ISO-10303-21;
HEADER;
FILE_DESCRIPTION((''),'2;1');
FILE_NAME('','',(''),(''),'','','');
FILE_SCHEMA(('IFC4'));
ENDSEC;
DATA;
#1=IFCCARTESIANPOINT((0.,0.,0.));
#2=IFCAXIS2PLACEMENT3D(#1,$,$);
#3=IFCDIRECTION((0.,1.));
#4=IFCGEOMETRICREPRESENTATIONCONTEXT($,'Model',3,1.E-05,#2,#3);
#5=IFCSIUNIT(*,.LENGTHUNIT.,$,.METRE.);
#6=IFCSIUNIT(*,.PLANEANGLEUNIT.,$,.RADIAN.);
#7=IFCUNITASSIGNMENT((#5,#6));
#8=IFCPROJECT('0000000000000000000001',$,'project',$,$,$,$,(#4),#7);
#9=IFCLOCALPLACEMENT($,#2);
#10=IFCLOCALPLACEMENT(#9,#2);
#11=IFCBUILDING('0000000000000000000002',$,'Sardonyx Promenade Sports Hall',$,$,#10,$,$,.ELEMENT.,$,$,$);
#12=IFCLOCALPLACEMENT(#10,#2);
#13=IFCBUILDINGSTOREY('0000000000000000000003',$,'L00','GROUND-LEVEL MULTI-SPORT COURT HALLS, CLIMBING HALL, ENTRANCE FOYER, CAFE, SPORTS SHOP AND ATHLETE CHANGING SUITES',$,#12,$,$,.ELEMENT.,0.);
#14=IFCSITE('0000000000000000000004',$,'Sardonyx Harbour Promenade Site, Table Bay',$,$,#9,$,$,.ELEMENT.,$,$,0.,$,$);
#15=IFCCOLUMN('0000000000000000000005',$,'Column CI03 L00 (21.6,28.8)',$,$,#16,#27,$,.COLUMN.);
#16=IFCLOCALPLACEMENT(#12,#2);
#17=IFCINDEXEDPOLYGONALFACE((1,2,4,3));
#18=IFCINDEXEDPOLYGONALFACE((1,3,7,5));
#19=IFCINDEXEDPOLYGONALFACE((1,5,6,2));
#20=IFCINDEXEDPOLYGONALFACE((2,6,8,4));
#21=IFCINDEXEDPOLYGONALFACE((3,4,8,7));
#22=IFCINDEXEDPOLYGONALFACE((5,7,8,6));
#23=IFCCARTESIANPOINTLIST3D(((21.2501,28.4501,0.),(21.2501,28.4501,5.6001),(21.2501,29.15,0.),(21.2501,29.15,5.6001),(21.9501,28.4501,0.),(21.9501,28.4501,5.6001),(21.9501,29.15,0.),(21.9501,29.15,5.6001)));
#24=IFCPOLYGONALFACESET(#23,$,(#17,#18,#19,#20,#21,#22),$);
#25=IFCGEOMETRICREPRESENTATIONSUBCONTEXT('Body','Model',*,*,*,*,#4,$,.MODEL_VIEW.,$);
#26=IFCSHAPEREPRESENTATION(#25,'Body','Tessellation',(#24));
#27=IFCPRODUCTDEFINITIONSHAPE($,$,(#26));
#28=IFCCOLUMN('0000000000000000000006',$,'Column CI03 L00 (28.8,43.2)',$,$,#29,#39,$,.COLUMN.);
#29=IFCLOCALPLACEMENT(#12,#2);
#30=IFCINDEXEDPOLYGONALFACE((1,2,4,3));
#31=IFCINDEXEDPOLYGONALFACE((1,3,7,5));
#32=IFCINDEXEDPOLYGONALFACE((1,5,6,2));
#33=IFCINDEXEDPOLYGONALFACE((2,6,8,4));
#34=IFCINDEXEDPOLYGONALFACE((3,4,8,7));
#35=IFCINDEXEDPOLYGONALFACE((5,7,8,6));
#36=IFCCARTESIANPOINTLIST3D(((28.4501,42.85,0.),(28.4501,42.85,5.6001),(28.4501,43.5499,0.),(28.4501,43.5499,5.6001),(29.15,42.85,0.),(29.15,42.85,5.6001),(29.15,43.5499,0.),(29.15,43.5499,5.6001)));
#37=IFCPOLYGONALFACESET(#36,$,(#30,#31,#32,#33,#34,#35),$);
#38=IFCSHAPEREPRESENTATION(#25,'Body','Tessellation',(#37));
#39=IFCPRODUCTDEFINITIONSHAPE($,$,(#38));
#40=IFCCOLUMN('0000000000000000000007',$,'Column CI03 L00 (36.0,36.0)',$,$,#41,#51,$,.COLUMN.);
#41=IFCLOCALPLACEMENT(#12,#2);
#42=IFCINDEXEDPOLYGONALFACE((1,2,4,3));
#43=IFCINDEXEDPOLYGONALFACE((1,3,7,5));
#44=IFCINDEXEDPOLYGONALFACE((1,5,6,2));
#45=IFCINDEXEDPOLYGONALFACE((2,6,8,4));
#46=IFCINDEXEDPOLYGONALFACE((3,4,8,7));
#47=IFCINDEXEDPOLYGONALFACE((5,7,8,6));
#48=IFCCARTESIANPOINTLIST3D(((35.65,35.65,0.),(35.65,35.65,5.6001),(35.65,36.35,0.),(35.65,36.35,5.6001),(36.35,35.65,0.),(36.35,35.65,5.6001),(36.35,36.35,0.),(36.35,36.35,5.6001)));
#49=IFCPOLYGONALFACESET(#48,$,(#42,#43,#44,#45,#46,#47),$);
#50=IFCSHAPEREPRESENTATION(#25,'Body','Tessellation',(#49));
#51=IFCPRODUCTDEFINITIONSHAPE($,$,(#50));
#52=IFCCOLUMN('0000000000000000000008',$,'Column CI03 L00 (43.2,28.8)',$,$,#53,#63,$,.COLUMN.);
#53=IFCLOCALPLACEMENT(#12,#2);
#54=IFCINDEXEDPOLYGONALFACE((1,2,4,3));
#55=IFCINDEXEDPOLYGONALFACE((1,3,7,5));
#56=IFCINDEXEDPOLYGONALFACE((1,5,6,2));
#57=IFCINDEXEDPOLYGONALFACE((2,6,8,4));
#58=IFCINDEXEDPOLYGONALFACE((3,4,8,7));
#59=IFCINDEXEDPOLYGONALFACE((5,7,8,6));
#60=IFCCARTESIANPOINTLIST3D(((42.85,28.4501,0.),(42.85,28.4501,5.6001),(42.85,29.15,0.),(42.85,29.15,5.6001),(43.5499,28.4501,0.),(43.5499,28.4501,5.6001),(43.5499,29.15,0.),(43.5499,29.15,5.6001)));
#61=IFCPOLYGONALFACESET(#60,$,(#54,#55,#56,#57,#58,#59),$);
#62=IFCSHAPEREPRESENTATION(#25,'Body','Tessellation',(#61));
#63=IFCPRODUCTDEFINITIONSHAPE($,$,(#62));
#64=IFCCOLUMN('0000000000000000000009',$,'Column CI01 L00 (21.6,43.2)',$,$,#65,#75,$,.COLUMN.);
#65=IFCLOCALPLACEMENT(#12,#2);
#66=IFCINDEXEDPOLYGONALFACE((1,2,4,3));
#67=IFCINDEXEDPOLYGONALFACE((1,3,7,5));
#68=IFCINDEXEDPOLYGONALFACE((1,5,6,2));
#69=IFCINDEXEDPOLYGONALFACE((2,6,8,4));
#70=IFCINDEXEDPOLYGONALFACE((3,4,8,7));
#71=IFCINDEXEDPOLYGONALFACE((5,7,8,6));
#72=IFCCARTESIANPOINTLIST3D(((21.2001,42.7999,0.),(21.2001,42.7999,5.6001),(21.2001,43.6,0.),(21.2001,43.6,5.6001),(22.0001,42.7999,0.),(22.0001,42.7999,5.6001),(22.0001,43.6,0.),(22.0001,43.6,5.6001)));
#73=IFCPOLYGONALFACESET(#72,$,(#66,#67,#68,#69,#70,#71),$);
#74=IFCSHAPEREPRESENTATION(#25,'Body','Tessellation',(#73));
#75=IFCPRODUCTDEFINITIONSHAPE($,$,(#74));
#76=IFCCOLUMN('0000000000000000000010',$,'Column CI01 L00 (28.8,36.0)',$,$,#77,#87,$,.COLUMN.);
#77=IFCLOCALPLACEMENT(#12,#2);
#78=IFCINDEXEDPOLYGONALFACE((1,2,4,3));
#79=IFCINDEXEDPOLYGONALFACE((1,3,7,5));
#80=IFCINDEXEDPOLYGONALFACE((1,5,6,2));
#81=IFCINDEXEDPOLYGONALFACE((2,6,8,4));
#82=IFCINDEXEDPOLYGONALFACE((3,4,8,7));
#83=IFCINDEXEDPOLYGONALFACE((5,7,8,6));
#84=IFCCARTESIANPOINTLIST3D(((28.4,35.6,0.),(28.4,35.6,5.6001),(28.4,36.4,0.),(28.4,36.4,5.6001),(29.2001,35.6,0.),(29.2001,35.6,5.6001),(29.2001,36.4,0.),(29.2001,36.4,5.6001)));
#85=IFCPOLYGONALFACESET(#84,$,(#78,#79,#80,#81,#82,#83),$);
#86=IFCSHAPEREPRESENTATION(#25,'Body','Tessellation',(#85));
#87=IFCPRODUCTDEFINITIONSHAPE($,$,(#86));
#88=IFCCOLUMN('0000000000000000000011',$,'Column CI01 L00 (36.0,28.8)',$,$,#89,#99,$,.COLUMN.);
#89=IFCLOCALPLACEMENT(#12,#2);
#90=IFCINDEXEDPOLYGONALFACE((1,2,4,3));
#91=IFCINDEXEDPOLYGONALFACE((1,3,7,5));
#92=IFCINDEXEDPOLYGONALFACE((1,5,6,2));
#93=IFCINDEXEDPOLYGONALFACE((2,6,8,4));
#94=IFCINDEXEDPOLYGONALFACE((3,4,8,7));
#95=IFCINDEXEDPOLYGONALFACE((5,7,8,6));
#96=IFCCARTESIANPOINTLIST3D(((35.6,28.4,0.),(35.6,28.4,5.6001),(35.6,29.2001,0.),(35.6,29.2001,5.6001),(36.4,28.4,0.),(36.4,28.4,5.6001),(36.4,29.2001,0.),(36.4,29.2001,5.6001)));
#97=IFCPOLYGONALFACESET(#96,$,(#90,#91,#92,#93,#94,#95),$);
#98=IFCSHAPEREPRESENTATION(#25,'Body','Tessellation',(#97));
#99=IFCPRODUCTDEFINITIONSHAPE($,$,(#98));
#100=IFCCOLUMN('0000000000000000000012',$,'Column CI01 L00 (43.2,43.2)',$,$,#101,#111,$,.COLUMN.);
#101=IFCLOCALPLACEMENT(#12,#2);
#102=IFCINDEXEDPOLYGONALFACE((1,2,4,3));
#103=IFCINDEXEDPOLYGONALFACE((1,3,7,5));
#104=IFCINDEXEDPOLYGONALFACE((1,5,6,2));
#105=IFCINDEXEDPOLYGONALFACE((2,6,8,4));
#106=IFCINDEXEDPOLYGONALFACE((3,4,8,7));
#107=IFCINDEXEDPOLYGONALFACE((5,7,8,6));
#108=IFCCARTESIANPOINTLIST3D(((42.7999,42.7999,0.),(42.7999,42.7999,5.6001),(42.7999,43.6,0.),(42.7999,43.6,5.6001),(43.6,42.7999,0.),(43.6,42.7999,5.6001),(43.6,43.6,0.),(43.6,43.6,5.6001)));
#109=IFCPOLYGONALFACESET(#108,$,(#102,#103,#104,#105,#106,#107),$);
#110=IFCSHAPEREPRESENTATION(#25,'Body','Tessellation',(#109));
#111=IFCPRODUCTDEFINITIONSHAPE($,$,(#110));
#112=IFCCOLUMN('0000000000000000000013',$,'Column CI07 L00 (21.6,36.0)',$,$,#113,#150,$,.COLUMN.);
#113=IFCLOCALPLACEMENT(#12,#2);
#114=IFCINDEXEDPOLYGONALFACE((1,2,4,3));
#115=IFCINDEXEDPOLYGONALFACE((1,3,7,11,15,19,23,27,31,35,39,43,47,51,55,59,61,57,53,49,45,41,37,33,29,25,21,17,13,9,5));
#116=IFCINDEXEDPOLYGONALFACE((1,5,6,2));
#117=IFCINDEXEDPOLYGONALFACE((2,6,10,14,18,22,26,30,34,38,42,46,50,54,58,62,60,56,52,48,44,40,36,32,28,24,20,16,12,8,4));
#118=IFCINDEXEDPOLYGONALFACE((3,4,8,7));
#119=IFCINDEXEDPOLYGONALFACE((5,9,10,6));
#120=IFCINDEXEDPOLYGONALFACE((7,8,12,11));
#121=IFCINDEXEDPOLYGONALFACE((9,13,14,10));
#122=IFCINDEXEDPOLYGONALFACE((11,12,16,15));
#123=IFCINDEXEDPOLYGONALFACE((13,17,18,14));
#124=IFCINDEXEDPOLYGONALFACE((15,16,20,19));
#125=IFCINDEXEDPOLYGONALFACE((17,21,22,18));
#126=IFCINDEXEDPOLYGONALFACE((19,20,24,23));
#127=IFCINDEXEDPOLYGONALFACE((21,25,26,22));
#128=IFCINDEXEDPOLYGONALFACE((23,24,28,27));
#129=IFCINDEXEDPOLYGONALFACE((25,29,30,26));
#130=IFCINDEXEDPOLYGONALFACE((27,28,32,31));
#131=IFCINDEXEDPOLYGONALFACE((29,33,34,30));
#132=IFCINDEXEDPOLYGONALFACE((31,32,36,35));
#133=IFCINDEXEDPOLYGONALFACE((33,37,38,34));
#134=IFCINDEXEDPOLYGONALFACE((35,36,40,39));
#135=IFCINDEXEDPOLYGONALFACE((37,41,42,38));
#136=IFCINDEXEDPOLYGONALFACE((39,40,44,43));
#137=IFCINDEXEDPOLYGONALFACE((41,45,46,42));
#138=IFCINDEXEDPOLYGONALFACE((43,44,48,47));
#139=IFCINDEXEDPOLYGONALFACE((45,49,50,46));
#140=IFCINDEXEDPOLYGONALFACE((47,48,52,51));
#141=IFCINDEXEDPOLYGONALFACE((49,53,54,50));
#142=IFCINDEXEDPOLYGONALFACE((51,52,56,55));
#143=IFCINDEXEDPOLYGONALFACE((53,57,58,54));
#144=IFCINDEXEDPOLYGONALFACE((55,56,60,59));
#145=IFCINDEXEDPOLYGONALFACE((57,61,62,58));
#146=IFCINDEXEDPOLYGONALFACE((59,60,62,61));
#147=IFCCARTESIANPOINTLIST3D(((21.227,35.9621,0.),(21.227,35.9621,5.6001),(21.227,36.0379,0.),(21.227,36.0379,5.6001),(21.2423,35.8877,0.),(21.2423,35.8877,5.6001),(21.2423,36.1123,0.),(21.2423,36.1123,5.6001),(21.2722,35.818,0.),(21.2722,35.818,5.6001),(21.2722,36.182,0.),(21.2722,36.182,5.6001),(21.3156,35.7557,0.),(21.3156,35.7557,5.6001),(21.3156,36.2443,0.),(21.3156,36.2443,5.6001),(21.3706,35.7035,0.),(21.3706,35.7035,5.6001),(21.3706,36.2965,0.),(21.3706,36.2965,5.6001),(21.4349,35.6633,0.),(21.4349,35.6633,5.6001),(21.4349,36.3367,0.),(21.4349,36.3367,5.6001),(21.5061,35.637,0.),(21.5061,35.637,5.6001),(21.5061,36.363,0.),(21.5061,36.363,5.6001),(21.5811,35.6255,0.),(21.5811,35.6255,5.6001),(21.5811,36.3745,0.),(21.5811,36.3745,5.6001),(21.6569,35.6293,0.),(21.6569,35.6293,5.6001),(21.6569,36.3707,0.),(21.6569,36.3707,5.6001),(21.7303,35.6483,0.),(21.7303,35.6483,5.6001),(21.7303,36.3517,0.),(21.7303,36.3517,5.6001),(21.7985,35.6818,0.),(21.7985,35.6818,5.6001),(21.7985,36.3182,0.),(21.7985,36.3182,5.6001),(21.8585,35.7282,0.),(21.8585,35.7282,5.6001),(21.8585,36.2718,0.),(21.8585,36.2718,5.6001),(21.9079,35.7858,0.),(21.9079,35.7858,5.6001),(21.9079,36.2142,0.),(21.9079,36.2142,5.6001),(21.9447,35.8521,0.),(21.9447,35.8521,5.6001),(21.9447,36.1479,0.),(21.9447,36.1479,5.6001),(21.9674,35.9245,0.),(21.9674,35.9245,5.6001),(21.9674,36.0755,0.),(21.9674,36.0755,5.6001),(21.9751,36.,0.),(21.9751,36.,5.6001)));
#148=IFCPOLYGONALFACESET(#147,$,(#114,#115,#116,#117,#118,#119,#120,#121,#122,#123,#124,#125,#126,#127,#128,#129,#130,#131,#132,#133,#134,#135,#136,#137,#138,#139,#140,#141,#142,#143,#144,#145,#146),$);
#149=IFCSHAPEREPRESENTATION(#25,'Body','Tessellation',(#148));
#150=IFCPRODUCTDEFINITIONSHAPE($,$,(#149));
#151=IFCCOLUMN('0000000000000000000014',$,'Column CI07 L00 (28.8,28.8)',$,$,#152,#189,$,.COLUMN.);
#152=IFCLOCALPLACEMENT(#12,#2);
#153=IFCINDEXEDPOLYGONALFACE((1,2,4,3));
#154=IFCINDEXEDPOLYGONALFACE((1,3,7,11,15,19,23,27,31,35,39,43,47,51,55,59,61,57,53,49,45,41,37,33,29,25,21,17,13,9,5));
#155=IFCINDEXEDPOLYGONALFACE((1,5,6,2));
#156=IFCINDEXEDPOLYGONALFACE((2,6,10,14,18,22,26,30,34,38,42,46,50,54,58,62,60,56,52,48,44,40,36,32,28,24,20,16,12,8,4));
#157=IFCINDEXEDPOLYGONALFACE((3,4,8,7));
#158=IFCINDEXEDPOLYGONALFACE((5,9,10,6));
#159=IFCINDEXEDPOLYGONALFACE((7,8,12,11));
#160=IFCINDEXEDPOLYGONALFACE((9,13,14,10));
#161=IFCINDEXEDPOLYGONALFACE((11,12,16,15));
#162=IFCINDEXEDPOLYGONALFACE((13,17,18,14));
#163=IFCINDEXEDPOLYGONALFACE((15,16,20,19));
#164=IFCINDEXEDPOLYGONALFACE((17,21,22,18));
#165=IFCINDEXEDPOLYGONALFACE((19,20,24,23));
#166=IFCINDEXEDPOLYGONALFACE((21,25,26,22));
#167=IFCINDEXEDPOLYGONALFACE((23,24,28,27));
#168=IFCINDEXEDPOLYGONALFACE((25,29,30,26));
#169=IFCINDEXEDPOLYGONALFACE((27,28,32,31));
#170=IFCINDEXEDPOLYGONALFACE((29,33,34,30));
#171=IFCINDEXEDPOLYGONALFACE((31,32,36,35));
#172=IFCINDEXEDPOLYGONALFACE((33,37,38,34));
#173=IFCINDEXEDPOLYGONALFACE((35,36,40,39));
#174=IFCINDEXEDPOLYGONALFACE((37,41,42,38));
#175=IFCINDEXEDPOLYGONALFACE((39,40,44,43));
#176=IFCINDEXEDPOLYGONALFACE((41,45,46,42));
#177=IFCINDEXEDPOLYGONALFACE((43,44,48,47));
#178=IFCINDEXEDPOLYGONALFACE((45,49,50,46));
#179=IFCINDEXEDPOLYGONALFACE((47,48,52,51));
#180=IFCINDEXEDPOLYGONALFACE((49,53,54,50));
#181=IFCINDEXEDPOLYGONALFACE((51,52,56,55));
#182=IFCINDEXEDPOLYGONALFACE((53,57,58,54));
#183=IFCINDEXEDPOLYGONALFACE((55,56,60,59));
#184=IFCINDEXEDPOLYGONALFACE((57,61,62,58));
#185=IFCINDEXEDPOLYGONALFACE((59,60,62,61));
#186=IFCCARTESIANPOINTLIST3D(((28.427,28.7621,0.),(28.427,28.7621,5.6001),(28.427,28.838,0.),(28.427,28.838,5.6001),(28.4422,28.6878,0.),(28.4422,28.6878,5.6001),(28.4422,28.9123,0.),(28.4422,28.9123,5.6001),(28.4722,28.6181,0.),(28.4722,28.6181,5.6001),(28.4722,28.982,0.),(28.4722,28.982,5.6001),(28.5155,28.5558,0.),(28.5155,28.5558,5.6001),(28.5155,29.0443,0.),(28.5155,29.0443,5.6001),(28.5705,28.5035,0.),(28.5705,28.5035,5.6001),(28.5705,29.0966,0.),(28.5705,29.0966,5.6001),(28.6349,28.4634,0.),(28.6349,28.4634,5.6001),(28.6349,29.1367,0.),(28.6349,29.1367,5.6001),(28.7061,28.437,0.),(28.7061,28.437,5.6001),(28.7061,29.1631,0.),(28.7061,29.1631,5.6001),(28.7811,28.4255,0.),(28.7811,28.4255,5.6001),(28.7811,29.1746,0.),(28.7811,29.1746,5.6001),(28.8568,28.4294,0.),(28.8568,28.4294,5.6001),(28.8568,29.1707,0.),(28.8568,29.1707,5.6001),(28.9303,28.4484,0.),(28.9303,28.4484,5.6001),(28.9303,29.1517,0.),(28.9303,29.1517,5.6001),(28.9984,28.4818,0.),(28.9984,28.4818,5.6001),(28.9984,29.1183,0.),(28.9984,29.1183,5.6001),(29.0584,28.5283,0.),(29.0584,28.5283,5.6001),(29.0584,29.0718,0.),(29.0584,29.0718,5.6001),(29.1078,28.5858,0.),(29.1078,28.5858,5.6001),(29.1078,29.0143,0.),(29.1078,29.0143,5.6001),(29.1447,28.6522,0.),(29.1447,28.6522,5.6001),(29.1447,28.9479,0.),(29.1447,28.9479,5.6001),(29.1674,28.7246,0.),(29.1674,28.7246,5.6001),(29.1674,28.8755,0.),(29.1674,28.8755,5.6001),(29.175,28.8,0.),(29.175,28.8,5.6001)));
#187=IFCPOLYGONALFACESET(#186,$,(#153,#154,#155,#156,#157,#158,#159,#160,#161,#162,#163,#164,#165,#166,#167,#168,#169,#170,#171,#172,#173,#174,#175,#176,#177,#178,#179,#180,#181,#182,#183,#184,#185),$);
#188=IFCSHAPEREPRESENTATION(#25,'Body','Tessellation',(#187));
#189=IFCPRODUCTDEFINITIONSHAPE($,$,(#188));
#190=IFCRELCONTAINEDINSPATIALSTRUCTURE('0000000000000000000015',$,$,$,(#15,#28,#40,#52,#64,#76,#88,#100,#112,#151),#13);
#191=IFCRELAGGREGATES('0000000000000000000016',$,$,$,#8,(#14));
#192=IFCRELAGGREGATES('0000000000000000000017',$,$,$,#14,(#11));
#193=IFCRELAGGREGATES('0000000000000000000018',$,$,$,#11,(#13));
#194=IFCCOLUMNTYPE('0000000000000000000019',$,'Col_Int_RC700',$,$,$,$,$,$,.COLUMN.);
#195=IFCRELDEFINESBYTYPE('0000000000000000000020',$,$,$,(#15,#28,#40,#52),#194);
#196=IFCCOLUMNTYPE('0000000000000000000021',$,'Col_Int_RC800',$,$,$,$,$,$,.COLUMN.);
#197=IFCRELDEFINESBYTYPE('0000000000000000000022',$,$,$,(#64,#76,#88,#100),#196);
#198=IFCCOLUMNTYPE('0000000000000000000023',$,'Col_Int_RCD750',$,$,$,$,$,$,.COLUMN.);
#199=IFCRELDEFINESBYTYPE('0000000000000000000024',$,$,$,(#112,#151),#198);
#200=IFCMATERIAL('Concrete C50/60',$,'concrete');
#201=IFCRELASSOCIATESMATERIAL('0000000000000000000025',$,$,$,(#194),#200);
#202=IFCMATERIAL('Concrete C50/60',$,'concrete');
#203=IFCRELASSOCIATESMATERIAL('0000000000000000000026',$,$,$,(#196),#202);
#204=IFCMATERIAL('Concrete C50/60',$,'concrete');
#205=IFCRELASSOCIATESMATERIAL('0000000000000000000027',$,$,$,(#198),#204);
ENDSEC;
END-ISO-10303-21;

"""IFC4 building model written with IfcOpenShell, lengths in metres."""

from ifc_helpers import new_model, si_unit, direction, frame, origin, origin_2d, place, context, subcontext, project, spatial, rectangle, circle, extrude, material, material_profile, profile_set, type_object, element, save


model = new_model("IFC4")

# Units and contexts
model_context = context("Model", 3, precision=1e-05, world=origin(), true_north=direction((0.0, 1.0)))
body_context = subcontext(model_context, "Body", "Model", "MODEL_VIEW")
ifc_project = project(units=[si_unit("LENGTHUNIT", "METRE"), si_unit("PLANEANGLEUNIT", "RADIAN")], contexts=[model_context])

# Site, building, storey
site_placement = place(None, origin())
site = spatial("IfcSite", under=ifc_project, at=site_placement, Name="Sardonyx Harbour Promenade Site, Table Bay", CompositionType="ELEMENT", RefElevation=0.0)
building_placement = place(site_placement, origin())
building = spatial("IfcBuilding", under=site, at=building_placement, Name="Sardonyx Promenade Sports Hall", CompositionType="ELEMENT")
storey_placement = place(building_placement, origin())
storey = spatial("IfcBuildingStorey", under=building, at=storey_placement, Name="L00", Description="GROUND-LEVEL MULTI-SPORT COURT HALLS, CLIMBING HALL, ENTRANCE FOYER, CAFE, SPORTS SHOP AND ATHLETE CHANGING SUITES", CompositionType="ELEMENT", Elevation=0.0)

# Columns
ifc_material_1 = material(Name="Concrete C50/60", Category="concrete")
ifc_material_profile_1 = material_profile(ifc_material_1, rectangle(XDim=0.7, YDim=0.7, at=origin_2d()))
ifc_profile_set_1 = profile_set([ifc_material_profile_1], Name="Concrete C50/60")
column_type_1 = type_object("IfcColumnType", Name="Col_Int_RC700", PredefinedType="COLUMN", material=ifc_profile_set_1)
for number, where, z_axis, x_axis, name in (
    (1, (21.6001, 28.8, 0.0), (0.0, 0.0, 1.0), (1.0, 0.0, 0.0), "Column CI03 L00 (21.6,28.8)"),
    (2, (28.8, 43.2, 0.0), (0.0, 0.0, 1.0), (1.0, 0.0, 0.0), "Column CI03 L00 (28.8,43.2)"),
    (3, (36.0, 36.0, 0.0), (0.0, 0.0, 1.0), (1.0, 0.0, 0.0), "Column CI03 L00 (36.0,36.0)"),
    (4, (43.2, 28.8, 0.0), (0.0, 0.0, 1.0), (1.0, 0.0, 0.0), "Column CI03 L00 (43.2,28.8)"),
):
    element("IfcColumn", number, at=place(storey_placement, frame(where, z_axis=z_axis, x_axis=x_axis)), inside=storey, type_object=column_type_1, Name=name, PredefinedType="COLUMN", context=body_context, shape_type="SweptSolid", body=[
        extrude(rectangle(XDim=0.7, YDim=0.7, at=origin_2d()), origin(), (0.0, 0.0, 1.0), 5.6001),
    ])
ifc_material_2 = material(Name="Concrete C50/60", Category="concrete")
ifc_material_profile_2 = material_profile(ifc_material_2, rectangle(XDim=0.8, YDim=0.8, at=origin_2d()))
ifc_profile_set_2 = profile_set([ifc_material_profile_2], Name="Concrete C50/60")
column_type_2 = type_object("IfcColumnType", Name="Col_Int_RC800", PredefinedType="COLUMN", material=ifc_profile_set_2)
for number, where, z_axis, x_axis, name in (
    (5, (21.6001, 43.2, 0.0), (0.0, 0.0, 1.0), (1.0, 0.0, 0.0), "Column CI01 L00 (21.6,43.2)"),
    (6, (28.8, 36.0, 0.0), (0.0, 0.0, 1.0), (1.0, 0.0, 0.0), "Column CI01 L00 (28.8,36.0)"),
    (7, (36.0, 28.8, 0.0), (0.0, 0.0, 1.0), (1.0, 0.0, 0.0), "Column CI01 L00 (36.0,28.8)"),
    (8, (43.2, 43.2, 0.0), (0.0, 0.0, 1.0), (1.0, 0.0, 0.0), "Column CI01 L00 (43.2,43.2)"),
):
    element("IfcColumn", number, at=place(storey_placement, frame(where, z_axis=z_axis, x_axis=x_axis)), inside=storey, type_object=column_type_2, Name=name, PredefinedType="COLUMN", context=body_context, shape_type="SweptSolid", body=[
        extrude(rectangle(XDim=0.8, YDim=0.8, at=origin_2d()), origin(), (0.0, 0.0, 1.0), 5.6001),
    ])
ifc_material_3 = material(Name="Concrete C50/60", Category="concrete")
ifc_material_profile_3 = material_profile(ifc_material_3, circle(Radius=0.375, at=origin_2d()))
ifc_profile_set_3 = profile_set([ifc_material_profile_3], Name="Concrete C50/60")
column_type_3 = type_object("IfcColumnType", Name="Col_Int_RCD750", PredefinedType="COLUMN", material=ifc_profile_set_3)
for number, where, z_axis, x_axis, name in (
    (9, (21.6001, 36.0, 0.0), (0.0, 0.0, 1.0), (1.0, 0.0, 0.0), "Column CI07 L00 (21.6,36.0)"),
    (10, (28.8, 28.8, 0.0), (0.0, 0.0, 1.0), (1.0, 0.0, 0.0), "Column CI07 L00 (28.8,28.8)"),
):
    element("IfcColumn", number, at=place(storey_placement, frame(where, z_axis=z_axis, x_axis=x_axis)), inside=storey, type_object=column_type_3, Name=name, PredefinedType="COLUMN", context=body_context, shape_type="SweptSolid", body=[
        extrude(circle(Radius=0.375, at=origin_2d()), origin(), (0.0, 0.0, 1.0), 5.6001),
    ])

save(model, "model.ifc")
